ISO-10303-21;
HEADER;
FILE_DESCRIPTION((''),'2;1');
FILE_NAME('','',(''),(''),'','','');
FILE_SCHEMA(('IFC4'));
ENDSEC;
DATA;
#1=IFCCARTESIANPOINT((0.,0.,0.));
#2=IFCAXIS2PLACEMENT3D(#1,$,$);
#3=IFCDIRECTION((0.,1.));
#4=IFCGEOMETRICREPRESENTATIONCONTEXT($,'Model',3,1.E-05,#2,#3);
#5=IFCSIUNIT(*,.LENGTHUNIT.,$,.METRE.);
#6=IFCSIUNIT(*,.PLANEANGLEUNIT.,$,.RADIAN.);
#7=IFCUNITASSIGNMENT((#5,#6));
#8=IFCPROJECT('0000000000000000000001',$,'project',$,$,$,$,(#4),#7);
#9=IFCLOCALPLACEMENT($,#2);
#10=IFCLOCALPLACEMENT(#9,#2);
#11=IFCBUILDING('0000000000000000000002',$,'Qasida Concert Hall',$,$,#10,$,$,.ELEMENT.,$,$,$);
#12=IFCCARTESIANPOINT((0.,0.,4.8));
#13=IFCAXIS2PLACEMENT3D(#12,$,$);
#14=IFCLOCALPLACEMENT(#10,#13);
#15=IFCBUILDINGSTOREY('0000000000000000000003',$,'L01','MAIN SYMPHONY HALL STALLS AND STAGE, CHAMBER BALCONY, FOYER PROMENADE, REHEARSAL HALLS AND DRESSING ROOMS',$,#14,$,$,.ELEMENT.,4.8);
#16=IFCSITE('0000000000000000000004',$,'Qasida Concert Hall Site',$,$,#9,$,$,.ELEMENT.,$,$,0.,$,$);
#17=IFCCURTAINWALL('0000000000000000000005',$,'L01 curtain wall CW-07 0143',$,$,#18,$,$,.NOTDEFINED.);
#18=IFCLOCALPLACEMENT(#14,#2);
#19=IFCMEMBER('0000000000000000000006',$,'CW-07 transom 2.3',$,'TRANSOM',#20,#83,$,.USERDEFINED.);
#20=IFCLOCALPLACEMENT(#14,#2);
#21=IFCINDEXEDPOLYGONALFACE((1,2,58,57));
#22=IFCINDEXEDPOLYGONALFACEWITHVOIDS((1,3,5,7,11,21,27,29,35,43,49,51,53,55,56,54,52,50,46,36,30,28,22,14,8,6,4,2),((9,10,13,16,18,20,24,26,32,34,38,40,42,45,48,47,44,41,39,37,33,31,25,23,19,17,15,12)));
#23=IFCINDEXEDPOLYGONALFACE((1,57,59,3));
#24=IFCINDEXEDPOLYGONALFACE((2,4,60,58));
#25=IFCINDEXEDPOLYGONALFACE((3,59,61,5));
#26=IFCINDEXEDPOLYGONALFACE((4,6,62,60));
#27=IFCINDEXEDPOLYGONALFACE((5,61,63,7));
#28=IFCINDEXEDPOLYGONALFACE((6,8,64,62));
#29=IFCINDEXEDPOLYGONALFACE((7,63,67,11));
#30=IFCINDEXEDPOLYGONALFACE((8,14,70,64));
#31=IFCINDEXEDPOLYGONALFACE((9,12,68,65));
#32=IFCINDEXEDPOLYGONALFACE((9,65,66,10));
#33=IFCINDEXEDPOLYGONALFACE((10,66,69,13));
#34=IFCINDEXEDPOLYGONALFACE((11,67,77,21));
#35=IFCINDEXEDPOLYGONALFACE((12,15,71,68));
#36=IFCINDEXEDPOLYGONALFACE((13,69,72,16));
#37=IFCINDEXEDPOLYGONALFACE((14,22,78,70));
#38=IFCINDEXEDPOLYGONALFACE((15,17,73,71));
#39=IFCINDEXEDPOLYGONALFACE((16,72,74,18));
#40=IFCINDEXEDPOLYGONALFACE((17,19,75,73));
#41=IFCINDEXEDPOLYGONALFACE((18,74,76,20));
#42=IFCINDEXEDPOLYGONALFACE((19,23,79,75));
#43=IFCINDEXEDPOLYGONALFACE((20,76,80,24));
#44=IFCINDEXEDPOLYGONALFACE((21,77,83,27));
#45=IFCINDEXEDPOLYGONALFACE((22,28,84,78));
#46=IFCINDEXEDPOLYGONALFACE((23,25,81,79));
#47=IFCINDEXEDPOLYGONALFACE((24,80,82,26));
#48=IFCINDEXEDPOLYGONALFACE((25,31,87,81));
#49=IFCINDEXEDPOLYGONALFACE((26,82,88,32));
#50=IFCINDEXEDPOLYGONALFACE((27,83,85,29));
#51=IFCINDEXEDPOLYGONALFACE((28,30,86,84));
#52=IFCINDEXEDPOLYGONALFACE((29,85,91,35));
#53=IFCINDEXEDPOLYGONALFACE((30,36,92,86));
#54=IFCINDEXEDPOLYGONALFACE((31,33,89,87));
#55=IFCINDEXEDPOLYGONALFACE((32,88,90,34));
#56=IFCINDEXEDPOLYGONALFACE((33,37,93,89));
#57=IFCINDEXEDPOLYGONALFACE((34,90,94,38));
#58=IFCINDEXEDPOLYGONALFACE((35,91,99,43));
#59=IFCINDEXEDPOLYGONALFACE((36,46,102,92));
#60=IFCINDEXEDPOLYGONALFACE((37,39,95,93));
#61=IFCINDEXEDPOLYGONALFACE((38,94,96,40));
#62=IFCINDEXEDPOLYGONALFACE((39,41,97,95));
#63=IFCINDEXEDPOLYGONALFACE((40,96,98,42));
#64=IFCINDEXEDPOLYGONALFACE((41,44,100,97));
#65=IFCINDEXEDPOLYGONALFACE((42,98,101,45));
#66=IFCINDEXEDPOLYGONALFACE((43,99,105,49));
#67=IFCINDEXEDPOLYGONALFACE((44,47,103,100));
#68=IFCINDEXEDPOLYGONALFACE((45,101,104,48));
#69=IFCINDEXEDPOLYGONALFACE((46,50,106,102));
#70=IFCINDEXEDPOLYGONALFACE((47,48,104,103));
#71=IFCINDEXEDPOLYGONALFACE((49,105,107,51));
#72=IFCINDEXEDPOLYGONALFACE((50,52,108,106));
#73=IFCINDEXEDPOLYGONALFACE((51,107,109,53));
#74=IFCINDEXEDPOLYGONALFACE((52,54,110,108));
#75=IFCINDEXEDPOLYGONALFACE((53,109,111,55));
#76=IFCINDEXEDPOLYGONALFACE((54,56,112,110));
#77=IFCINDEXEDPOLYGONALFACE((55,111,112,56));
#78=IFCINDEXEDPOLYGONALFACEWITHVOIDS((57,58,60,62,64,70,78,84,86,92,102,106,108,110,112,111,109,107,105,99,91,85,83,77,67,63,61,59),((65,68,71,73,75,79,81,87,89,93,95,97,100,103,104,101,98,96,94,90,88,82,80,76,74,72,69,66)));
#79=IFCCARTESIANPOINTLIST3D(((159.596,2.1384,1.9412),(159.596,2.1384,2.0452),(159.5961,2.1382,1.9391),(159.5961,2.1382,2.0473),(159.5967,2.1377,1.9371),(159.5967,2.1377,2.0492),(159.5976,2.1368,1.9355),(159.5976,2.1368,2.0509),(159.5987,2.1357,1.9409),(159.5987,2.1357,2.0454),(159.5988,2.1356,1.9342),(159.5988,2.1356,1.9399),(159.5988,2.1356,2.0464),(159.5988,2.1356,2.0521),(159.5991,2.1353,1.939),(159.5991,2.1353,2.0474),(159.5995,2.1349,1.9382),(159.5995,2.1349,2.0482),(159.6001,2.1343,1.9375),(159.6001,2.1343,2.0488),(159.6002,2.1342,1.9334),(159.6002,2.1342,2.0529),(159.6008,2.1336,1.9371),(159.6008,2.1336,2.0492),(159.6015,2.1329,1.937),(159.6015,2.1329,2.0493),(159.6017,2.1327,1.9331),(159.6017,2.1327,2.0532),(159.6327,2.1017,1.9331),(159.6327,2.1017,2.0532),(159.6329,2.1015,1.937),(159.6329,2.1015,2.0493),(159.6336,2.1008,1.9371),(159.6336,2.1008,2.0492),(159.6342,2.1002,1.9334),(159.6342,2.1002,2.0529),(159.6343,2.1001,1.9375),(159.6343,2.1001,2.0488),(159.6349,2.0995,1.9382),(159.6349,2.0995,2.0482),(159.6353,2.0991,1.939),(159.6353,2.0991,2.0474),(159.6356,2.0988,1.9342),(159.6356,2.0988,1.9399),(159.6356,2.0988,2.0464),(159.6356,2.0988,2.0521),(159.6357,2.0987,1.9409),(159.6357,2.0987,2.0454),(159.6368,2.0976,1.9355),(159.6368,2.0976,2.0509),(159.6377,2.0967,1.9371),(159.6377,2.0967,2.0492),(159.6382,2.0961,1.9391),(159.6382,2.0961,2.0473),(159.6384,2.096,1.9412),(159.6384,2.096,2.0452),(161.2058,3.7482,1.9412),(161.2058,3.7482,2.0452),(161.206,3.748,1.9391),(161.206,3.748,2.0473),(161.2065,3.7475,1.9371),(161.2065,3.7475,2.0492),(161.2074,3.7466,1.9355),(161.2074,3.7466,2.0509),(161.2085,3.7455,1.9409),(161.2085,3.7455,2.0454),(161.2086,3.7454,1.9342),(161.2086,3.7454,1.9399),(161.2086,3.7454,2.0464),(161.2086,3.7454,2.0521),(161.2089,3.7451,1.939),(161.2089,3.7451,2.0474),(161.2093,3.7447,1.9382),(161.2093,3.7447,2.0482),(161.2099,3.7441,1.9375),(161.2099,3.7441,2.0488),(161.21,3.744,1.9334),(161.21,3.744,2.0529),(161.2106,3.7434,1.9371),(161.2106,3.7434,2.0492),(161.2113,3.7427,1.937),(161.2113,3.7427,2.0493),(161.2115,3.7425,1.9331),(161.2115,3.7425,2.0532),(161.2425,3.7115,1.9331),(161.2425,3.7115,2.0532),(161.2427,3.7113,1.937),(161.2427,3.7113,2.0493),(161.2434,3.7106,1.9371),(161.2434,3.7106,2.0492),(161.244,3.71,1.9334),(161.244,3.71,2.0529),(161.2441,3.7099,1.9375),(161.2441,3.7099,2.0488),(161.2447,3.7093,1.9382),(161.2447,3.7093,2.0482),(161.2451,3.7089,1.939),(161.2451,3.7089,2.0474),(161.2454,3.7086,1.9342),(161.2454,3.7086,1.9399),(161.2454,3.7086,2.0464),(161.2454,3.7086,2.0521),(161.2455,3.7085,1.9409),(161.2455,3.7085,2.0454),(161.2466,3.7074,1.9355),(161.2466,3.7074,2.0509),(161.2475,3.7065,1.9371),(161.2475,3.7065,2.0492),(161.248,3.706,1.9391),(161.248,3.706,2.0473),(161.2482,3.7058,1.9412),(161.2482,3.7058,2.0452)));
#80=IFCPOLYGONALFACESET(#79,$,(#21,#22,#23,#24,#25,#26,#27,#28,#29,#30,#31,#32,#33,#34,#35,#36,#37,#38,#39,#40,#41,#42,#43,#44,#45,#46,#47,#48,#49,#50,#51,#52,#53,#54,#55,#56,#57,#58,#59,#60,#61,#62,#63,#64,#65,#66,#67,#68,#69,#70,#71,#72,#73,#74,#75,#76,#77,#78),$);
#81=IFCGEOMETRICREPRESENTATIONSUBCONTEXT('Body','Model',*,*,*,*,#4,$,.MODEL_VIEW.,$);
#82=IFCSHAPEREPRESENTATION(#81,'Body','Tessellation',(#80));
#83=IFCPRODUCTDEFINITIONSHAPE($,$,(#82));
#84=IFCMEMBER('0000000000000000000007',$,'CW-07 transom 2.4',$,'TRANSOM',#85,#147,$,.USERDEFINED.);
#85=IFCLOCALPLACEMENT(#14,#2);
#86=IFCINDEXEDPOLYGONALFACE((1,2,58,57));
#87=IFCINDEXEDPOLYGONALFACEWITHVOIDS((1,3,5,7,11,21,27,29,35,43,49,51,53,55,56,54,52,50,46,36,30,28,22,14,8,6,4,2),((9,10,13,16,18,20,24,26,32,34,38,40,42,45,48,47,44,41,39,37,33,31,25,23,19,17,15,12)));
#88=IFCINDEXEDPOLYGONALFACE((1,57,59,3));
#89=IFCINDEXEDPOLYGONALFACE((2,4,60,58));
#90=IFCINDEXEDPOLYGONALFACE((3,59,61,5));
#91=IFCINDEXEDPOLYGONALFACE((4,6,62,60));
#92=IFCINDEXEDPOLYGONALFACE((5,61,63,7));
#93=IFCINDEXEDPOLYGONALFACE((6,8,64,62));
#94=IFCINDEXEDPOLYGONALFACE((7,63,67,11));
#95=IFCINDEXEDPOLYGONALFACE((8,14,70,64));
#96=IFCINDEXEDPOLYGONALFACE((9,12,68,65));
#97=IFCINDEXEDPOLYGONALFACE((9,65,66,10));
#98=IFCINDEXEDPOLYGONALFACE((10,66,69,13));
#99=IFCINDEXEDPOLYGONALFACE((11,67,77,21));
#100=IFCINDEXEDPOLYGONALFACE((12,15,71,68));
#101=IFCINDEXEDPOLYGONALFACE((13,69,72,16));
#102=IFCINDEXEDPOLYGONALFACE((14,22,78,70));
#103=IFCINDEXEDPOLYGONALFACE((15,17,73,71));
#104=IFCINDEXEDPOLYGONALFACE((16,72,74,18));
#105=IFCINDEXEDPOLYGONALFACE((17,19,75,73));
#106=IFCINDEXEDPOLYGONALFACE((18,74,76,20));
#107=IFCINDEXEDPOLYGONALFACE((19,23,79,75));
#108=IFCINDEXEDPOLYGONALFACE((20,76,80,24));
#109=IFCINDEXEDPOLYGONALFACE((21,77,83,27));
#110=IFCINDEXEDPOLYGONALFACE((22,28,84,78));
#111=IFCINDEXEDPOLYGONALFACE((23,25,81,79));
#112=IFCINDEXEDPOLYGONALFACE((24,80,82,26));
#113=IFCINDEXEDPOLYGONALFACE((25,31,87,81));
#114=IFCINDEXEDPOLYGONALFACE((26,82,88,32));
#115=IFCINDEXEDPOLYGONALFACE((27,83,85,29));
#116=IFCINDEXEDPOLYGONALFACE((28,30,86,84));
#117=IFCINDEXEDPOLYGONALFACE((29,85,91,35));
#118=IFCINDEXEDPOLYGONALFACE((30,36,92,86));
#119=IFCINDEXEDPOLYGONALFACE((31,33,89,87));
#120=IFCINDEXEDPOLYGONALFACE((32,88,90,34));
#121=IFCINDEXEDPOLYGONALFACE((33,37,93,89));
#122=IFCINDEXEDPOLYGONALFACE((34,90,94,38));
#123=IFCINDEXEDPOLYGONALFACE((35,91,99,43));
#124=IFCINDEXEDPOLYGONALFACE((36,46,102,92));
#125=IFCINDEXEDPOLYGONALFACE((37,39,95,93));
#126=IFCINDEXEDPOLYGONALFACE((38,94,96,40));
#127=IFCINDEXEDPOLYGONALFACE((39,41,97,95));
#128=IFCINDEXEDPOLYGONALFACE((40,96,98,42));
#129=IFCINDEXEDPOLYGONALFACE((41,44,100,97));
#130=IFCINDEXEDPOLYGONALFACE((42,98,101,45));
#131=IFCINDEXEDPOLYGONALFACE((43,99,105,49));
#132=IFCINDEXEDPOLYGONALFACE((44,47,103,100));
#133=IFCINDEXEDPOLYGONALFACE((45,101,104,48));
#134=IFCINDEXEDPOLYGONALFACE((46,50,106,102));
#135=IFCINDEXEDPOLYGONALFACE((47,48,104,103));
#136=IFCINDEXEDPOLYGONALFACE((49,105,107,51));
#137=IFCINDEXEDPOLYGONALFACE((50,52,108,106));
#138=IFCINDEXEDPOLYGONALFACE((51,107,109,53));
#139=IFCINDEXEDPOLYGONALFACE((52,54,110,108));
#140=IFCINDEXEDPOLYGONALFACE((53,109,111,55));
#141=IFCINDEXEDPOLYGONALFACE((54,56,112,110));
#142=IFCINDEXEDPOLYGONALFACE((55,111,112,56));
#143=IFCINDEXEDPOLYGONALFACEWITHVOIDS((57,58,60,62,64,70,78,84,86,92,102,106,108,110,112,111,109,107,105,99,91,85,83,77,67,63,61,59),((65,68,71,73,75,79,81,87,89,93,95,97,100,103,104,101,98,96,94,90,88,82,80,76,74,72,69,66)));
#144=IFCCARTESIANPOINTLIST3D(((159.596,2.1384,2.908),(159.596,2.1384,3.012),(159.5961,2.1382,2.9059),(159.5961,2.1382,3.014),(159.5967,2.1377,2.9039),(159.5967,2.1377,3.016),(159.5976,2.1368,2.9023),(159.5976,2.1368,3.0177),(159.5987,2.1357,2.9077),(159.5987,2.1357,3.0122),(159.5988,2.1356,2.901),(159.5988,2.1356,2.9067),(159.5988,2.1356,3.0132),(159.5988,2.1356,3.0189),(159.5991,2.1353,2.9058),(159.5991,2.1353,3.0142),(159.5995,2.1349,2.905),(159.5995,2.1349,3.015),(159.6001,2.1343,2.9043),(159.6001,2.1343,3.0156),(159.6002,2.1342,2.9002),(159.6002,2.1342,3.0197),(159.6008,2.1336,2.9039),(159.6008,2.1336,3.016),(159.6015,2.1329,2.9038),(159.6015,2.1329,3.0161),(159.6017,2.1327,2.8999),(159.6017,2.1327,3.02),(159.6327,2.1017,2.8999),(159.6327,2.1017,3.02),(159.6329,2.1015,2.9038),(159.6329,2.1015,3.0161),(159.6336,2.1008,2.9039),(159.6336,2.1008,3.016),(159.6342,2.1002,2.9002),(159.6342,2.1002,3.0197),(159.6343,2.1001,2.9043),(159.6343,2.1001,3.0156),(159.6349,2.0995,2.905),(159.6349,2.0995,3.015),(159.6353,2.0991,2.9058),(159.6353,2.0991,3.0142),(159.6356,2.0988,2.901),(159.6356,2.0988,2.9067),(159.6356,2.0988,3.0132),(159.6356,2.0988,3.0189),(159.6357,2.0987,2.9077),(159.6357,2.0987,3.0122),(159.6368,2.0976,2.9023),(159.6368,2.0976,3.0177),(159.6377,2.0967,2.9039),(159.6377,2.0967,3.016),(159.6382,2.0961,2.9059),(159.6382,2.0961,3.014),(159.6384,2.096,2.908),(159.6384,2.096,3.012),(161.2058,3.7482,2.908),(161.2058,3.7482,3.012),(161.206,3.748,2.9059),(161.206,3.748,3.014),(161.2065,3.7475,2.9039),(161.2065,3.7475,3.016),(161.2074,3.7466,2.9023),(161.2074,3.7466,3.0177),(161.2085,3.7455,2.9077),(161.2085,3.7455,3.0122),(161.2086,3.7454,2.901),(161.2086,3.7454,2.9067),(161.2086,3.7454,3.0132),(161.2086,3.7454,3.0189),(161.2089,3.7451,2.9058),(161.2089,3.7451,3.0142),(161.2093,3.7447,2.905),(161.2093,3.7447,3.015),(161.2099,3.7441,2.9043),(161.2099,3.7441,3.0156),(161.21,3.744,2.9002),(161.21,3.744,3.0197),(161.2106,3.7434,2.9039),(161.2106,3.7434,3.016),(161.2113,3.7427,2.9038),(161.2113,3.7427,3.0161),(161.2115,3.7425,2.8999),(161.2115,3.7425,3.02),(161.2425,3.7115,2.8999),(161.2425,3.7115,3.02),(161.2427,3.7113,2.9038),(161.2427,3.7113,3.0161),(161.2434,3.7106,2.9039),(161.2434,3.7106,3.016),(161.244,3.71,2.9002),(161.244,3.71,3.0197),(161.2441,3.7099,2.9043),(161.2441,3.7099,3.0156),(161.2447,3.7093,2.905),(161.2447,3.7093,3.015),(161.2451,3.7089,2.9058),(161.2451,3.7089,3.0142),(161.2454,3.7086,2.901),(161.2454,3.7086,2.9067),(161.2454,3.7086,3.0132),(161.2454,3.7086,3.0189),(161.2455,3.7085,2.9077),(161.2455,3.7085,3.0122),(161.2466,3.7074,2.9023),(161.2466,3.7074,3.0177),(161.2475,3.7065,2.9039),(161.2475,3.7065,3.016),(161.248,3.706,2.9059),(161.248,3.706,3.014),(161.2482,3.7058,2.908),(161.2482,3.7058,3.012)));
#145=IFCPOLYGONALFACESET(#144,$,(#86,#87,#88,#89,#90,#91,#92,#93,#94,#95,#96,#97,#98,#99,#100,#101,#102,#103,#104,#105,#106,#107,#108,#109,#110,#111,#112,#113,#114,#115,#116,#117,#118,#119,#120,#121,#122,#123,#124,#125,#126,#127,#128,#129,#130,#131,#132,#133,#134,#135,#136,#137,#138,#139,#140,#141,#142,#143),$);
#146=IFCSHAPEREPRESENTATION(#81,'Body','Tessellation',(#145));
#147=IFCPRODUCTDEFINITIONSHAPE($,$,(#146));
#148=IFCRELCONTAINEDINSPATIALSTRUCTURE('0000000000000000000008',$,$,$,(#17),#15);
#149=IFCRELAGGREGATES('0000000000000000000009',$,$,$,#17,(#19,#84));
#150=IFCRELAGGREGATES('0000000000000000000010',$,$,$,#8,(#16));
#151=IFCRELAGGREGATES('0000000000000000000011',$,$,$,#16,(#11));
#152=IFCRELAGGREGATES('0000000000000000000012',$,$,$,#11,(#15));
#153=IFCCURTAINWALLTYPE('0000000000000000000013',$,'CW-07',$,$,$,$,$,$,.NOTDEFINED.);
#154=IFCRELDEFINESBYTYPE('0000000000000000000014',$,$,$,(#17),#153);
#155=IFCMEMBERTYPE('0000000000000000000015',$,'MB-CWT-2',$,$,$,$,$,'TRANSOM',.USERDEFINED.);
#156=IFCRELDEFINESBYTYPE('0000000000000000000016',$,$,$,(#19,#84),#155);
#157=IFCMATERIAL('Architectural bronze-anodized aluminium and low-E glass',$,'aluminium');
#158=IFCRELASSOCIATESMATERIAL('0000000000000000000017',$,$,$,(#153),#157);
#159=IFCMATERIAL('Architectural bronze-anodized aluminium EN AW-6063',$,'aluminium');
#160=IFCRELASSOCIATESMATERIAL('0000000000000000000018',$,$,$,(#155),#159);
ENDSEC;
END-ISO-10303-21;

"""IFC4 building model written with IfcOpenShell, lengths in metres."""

from ifc_helpers import new_model, si_unit, direction, frame, origin, origin_2d, place, context, subcontext, project, spatial, hollow_rectangle, extrude, material, material_profile, profile_set, type_object, element, aggregate, save


model = new_model("IFC4")

# Units and contexts
model_context = context("Model", 3, precision=1e-05, world=origin(), true_north=direction((0.0, 1.0)))
body_context = subcontext(model_context, "Body", "Model", "MODEL_VIEW")
ifc_project = project(units=[si_unit("LENGTHUNIT", "METRE"), si_unit("PLANEANGLEUNIT", "RADIAN")], contexts=[model_context])

# Site, building, storey
site_placement = place(None, origin())
site = spatial("IfcSite", under=ifc_project, at=site_placement, Name="Qasida Concert Hall Site", CompositionType="ELEMENT", RefElevation=0.0)
building_placement = place(site_placement, origin())
building = spatial("IfcBuilding", under=site, at=building_placement, Name="Qasida Concert Hall", CompositionType="ELEMENT")
storey_placement = place(building_placement, frame((0.0, 0.0, 4.8)))
storey = spatial("IfcBuildingStorey", under=building, at=storey_placement, Name="L01", Description="MAIN SYMPHONY HALL STALLS AND STAGE, CHAMBER BALCONY, FOYER PROMENADE, REHEARSAL HALLS AND DRESSING ROOMS", CompositionType="ELEMENT", Elevation=4.8)

# Curtain wall, members
ifc_material_1 = material(Name="Architectural bronze-anodized aluminium and low-E glass", Category="aluminium")
curtain_wall_type = type_object("IfcCurtainWallType", Name="CW-07", PredefinedType="NOTDEFINED", material=ifc_material_1)
curtain_wall_placement = place(storey_placement, origin())
curtain_wall = element("IfcCurtainWall", 1, at=curtain_wall_placement, inside=storey, type_object=curtain_wall_type, Name="L01 curtain wall CW-07 0143", PredefinedType="NOTDEFINED")
ifc_material_2 = material(Name="Architectural bronze-anodized aluminium EN AW-6063", Category="aluminium")
ifc_material_profile_1 = material_profile(ifc_material_2, hollow_rectangle(XDim=0.0601, YDim=0.1201, WallThickness=0.0039, InnerFilletRadius=0.0039, OuterFilletRadius=0.0081, at=origin_2d()), Name="CWT 120x60x4")
ifc_profile_set_1 = profile_set([ifc_material_profile_1], Name="Architectural bronze-anodized aluminium EN AW-6063")
member_type_1 = type_object("IfcMemberType", Name="MB-CWT-2", ElementType="TRANSOM", PredefinedType="USERDEFINED", material=ifc_profile_set_1)
member_1_placement = place(storey_placement, frame((159.6172, 2.1172, 1.9932), z_axis=(0.707107, 0.707107, 0.0), x_axis=(-0.707107, 0.707107, 0.0)))
member_1 = element("IfcMember", 2, at=member_1_placement, type_object=member_type_1, Name="CW-07 transom 2.3", ObjectType="TRANSOM", PredefinedType="USERDEFINED", context=body_context, shape_type="SweptSolid", body=[
    extrude(hollow_rectangle(XDim=0.0601, YDim=0.1201, WallThickness=0.0039, InnerFilletRadius=0.0039, OuterFilletRadius=0.0081, at=origin_2d()), origin(), (0.0, 0.0, 1.0), 2.2766),
])
member_2_placement = place(storey_placement, frame((159.6172, 2.1172, 2.96), z_axis=(0.707107, 0.707107, 0.0), x_axis=(-0.707107, 0.707107, 0.0)))
member_2 = element("IfcMember", 3, at=member_2_placement, type_object=member_type_1, Name="CW-07 transom 2.4", ObjectType="TRANSOM", PredefinedType="USERDEFINED", context=body_context, shape_type="SweptSolid", body=[
    extrude(hollow_rectangle(XDim=0.0601, YDim=0.1201, WallThickness=0.0039, InnerFilletRadius=0.0039, OuterFilletRadius=0.0081, at=origin_2d()), origin(), (0.0, 0.0, 1.0), 2.2766),
])
aggregate(curtain_wall, [member_1, member_2])

save(model, "model.ifc")
